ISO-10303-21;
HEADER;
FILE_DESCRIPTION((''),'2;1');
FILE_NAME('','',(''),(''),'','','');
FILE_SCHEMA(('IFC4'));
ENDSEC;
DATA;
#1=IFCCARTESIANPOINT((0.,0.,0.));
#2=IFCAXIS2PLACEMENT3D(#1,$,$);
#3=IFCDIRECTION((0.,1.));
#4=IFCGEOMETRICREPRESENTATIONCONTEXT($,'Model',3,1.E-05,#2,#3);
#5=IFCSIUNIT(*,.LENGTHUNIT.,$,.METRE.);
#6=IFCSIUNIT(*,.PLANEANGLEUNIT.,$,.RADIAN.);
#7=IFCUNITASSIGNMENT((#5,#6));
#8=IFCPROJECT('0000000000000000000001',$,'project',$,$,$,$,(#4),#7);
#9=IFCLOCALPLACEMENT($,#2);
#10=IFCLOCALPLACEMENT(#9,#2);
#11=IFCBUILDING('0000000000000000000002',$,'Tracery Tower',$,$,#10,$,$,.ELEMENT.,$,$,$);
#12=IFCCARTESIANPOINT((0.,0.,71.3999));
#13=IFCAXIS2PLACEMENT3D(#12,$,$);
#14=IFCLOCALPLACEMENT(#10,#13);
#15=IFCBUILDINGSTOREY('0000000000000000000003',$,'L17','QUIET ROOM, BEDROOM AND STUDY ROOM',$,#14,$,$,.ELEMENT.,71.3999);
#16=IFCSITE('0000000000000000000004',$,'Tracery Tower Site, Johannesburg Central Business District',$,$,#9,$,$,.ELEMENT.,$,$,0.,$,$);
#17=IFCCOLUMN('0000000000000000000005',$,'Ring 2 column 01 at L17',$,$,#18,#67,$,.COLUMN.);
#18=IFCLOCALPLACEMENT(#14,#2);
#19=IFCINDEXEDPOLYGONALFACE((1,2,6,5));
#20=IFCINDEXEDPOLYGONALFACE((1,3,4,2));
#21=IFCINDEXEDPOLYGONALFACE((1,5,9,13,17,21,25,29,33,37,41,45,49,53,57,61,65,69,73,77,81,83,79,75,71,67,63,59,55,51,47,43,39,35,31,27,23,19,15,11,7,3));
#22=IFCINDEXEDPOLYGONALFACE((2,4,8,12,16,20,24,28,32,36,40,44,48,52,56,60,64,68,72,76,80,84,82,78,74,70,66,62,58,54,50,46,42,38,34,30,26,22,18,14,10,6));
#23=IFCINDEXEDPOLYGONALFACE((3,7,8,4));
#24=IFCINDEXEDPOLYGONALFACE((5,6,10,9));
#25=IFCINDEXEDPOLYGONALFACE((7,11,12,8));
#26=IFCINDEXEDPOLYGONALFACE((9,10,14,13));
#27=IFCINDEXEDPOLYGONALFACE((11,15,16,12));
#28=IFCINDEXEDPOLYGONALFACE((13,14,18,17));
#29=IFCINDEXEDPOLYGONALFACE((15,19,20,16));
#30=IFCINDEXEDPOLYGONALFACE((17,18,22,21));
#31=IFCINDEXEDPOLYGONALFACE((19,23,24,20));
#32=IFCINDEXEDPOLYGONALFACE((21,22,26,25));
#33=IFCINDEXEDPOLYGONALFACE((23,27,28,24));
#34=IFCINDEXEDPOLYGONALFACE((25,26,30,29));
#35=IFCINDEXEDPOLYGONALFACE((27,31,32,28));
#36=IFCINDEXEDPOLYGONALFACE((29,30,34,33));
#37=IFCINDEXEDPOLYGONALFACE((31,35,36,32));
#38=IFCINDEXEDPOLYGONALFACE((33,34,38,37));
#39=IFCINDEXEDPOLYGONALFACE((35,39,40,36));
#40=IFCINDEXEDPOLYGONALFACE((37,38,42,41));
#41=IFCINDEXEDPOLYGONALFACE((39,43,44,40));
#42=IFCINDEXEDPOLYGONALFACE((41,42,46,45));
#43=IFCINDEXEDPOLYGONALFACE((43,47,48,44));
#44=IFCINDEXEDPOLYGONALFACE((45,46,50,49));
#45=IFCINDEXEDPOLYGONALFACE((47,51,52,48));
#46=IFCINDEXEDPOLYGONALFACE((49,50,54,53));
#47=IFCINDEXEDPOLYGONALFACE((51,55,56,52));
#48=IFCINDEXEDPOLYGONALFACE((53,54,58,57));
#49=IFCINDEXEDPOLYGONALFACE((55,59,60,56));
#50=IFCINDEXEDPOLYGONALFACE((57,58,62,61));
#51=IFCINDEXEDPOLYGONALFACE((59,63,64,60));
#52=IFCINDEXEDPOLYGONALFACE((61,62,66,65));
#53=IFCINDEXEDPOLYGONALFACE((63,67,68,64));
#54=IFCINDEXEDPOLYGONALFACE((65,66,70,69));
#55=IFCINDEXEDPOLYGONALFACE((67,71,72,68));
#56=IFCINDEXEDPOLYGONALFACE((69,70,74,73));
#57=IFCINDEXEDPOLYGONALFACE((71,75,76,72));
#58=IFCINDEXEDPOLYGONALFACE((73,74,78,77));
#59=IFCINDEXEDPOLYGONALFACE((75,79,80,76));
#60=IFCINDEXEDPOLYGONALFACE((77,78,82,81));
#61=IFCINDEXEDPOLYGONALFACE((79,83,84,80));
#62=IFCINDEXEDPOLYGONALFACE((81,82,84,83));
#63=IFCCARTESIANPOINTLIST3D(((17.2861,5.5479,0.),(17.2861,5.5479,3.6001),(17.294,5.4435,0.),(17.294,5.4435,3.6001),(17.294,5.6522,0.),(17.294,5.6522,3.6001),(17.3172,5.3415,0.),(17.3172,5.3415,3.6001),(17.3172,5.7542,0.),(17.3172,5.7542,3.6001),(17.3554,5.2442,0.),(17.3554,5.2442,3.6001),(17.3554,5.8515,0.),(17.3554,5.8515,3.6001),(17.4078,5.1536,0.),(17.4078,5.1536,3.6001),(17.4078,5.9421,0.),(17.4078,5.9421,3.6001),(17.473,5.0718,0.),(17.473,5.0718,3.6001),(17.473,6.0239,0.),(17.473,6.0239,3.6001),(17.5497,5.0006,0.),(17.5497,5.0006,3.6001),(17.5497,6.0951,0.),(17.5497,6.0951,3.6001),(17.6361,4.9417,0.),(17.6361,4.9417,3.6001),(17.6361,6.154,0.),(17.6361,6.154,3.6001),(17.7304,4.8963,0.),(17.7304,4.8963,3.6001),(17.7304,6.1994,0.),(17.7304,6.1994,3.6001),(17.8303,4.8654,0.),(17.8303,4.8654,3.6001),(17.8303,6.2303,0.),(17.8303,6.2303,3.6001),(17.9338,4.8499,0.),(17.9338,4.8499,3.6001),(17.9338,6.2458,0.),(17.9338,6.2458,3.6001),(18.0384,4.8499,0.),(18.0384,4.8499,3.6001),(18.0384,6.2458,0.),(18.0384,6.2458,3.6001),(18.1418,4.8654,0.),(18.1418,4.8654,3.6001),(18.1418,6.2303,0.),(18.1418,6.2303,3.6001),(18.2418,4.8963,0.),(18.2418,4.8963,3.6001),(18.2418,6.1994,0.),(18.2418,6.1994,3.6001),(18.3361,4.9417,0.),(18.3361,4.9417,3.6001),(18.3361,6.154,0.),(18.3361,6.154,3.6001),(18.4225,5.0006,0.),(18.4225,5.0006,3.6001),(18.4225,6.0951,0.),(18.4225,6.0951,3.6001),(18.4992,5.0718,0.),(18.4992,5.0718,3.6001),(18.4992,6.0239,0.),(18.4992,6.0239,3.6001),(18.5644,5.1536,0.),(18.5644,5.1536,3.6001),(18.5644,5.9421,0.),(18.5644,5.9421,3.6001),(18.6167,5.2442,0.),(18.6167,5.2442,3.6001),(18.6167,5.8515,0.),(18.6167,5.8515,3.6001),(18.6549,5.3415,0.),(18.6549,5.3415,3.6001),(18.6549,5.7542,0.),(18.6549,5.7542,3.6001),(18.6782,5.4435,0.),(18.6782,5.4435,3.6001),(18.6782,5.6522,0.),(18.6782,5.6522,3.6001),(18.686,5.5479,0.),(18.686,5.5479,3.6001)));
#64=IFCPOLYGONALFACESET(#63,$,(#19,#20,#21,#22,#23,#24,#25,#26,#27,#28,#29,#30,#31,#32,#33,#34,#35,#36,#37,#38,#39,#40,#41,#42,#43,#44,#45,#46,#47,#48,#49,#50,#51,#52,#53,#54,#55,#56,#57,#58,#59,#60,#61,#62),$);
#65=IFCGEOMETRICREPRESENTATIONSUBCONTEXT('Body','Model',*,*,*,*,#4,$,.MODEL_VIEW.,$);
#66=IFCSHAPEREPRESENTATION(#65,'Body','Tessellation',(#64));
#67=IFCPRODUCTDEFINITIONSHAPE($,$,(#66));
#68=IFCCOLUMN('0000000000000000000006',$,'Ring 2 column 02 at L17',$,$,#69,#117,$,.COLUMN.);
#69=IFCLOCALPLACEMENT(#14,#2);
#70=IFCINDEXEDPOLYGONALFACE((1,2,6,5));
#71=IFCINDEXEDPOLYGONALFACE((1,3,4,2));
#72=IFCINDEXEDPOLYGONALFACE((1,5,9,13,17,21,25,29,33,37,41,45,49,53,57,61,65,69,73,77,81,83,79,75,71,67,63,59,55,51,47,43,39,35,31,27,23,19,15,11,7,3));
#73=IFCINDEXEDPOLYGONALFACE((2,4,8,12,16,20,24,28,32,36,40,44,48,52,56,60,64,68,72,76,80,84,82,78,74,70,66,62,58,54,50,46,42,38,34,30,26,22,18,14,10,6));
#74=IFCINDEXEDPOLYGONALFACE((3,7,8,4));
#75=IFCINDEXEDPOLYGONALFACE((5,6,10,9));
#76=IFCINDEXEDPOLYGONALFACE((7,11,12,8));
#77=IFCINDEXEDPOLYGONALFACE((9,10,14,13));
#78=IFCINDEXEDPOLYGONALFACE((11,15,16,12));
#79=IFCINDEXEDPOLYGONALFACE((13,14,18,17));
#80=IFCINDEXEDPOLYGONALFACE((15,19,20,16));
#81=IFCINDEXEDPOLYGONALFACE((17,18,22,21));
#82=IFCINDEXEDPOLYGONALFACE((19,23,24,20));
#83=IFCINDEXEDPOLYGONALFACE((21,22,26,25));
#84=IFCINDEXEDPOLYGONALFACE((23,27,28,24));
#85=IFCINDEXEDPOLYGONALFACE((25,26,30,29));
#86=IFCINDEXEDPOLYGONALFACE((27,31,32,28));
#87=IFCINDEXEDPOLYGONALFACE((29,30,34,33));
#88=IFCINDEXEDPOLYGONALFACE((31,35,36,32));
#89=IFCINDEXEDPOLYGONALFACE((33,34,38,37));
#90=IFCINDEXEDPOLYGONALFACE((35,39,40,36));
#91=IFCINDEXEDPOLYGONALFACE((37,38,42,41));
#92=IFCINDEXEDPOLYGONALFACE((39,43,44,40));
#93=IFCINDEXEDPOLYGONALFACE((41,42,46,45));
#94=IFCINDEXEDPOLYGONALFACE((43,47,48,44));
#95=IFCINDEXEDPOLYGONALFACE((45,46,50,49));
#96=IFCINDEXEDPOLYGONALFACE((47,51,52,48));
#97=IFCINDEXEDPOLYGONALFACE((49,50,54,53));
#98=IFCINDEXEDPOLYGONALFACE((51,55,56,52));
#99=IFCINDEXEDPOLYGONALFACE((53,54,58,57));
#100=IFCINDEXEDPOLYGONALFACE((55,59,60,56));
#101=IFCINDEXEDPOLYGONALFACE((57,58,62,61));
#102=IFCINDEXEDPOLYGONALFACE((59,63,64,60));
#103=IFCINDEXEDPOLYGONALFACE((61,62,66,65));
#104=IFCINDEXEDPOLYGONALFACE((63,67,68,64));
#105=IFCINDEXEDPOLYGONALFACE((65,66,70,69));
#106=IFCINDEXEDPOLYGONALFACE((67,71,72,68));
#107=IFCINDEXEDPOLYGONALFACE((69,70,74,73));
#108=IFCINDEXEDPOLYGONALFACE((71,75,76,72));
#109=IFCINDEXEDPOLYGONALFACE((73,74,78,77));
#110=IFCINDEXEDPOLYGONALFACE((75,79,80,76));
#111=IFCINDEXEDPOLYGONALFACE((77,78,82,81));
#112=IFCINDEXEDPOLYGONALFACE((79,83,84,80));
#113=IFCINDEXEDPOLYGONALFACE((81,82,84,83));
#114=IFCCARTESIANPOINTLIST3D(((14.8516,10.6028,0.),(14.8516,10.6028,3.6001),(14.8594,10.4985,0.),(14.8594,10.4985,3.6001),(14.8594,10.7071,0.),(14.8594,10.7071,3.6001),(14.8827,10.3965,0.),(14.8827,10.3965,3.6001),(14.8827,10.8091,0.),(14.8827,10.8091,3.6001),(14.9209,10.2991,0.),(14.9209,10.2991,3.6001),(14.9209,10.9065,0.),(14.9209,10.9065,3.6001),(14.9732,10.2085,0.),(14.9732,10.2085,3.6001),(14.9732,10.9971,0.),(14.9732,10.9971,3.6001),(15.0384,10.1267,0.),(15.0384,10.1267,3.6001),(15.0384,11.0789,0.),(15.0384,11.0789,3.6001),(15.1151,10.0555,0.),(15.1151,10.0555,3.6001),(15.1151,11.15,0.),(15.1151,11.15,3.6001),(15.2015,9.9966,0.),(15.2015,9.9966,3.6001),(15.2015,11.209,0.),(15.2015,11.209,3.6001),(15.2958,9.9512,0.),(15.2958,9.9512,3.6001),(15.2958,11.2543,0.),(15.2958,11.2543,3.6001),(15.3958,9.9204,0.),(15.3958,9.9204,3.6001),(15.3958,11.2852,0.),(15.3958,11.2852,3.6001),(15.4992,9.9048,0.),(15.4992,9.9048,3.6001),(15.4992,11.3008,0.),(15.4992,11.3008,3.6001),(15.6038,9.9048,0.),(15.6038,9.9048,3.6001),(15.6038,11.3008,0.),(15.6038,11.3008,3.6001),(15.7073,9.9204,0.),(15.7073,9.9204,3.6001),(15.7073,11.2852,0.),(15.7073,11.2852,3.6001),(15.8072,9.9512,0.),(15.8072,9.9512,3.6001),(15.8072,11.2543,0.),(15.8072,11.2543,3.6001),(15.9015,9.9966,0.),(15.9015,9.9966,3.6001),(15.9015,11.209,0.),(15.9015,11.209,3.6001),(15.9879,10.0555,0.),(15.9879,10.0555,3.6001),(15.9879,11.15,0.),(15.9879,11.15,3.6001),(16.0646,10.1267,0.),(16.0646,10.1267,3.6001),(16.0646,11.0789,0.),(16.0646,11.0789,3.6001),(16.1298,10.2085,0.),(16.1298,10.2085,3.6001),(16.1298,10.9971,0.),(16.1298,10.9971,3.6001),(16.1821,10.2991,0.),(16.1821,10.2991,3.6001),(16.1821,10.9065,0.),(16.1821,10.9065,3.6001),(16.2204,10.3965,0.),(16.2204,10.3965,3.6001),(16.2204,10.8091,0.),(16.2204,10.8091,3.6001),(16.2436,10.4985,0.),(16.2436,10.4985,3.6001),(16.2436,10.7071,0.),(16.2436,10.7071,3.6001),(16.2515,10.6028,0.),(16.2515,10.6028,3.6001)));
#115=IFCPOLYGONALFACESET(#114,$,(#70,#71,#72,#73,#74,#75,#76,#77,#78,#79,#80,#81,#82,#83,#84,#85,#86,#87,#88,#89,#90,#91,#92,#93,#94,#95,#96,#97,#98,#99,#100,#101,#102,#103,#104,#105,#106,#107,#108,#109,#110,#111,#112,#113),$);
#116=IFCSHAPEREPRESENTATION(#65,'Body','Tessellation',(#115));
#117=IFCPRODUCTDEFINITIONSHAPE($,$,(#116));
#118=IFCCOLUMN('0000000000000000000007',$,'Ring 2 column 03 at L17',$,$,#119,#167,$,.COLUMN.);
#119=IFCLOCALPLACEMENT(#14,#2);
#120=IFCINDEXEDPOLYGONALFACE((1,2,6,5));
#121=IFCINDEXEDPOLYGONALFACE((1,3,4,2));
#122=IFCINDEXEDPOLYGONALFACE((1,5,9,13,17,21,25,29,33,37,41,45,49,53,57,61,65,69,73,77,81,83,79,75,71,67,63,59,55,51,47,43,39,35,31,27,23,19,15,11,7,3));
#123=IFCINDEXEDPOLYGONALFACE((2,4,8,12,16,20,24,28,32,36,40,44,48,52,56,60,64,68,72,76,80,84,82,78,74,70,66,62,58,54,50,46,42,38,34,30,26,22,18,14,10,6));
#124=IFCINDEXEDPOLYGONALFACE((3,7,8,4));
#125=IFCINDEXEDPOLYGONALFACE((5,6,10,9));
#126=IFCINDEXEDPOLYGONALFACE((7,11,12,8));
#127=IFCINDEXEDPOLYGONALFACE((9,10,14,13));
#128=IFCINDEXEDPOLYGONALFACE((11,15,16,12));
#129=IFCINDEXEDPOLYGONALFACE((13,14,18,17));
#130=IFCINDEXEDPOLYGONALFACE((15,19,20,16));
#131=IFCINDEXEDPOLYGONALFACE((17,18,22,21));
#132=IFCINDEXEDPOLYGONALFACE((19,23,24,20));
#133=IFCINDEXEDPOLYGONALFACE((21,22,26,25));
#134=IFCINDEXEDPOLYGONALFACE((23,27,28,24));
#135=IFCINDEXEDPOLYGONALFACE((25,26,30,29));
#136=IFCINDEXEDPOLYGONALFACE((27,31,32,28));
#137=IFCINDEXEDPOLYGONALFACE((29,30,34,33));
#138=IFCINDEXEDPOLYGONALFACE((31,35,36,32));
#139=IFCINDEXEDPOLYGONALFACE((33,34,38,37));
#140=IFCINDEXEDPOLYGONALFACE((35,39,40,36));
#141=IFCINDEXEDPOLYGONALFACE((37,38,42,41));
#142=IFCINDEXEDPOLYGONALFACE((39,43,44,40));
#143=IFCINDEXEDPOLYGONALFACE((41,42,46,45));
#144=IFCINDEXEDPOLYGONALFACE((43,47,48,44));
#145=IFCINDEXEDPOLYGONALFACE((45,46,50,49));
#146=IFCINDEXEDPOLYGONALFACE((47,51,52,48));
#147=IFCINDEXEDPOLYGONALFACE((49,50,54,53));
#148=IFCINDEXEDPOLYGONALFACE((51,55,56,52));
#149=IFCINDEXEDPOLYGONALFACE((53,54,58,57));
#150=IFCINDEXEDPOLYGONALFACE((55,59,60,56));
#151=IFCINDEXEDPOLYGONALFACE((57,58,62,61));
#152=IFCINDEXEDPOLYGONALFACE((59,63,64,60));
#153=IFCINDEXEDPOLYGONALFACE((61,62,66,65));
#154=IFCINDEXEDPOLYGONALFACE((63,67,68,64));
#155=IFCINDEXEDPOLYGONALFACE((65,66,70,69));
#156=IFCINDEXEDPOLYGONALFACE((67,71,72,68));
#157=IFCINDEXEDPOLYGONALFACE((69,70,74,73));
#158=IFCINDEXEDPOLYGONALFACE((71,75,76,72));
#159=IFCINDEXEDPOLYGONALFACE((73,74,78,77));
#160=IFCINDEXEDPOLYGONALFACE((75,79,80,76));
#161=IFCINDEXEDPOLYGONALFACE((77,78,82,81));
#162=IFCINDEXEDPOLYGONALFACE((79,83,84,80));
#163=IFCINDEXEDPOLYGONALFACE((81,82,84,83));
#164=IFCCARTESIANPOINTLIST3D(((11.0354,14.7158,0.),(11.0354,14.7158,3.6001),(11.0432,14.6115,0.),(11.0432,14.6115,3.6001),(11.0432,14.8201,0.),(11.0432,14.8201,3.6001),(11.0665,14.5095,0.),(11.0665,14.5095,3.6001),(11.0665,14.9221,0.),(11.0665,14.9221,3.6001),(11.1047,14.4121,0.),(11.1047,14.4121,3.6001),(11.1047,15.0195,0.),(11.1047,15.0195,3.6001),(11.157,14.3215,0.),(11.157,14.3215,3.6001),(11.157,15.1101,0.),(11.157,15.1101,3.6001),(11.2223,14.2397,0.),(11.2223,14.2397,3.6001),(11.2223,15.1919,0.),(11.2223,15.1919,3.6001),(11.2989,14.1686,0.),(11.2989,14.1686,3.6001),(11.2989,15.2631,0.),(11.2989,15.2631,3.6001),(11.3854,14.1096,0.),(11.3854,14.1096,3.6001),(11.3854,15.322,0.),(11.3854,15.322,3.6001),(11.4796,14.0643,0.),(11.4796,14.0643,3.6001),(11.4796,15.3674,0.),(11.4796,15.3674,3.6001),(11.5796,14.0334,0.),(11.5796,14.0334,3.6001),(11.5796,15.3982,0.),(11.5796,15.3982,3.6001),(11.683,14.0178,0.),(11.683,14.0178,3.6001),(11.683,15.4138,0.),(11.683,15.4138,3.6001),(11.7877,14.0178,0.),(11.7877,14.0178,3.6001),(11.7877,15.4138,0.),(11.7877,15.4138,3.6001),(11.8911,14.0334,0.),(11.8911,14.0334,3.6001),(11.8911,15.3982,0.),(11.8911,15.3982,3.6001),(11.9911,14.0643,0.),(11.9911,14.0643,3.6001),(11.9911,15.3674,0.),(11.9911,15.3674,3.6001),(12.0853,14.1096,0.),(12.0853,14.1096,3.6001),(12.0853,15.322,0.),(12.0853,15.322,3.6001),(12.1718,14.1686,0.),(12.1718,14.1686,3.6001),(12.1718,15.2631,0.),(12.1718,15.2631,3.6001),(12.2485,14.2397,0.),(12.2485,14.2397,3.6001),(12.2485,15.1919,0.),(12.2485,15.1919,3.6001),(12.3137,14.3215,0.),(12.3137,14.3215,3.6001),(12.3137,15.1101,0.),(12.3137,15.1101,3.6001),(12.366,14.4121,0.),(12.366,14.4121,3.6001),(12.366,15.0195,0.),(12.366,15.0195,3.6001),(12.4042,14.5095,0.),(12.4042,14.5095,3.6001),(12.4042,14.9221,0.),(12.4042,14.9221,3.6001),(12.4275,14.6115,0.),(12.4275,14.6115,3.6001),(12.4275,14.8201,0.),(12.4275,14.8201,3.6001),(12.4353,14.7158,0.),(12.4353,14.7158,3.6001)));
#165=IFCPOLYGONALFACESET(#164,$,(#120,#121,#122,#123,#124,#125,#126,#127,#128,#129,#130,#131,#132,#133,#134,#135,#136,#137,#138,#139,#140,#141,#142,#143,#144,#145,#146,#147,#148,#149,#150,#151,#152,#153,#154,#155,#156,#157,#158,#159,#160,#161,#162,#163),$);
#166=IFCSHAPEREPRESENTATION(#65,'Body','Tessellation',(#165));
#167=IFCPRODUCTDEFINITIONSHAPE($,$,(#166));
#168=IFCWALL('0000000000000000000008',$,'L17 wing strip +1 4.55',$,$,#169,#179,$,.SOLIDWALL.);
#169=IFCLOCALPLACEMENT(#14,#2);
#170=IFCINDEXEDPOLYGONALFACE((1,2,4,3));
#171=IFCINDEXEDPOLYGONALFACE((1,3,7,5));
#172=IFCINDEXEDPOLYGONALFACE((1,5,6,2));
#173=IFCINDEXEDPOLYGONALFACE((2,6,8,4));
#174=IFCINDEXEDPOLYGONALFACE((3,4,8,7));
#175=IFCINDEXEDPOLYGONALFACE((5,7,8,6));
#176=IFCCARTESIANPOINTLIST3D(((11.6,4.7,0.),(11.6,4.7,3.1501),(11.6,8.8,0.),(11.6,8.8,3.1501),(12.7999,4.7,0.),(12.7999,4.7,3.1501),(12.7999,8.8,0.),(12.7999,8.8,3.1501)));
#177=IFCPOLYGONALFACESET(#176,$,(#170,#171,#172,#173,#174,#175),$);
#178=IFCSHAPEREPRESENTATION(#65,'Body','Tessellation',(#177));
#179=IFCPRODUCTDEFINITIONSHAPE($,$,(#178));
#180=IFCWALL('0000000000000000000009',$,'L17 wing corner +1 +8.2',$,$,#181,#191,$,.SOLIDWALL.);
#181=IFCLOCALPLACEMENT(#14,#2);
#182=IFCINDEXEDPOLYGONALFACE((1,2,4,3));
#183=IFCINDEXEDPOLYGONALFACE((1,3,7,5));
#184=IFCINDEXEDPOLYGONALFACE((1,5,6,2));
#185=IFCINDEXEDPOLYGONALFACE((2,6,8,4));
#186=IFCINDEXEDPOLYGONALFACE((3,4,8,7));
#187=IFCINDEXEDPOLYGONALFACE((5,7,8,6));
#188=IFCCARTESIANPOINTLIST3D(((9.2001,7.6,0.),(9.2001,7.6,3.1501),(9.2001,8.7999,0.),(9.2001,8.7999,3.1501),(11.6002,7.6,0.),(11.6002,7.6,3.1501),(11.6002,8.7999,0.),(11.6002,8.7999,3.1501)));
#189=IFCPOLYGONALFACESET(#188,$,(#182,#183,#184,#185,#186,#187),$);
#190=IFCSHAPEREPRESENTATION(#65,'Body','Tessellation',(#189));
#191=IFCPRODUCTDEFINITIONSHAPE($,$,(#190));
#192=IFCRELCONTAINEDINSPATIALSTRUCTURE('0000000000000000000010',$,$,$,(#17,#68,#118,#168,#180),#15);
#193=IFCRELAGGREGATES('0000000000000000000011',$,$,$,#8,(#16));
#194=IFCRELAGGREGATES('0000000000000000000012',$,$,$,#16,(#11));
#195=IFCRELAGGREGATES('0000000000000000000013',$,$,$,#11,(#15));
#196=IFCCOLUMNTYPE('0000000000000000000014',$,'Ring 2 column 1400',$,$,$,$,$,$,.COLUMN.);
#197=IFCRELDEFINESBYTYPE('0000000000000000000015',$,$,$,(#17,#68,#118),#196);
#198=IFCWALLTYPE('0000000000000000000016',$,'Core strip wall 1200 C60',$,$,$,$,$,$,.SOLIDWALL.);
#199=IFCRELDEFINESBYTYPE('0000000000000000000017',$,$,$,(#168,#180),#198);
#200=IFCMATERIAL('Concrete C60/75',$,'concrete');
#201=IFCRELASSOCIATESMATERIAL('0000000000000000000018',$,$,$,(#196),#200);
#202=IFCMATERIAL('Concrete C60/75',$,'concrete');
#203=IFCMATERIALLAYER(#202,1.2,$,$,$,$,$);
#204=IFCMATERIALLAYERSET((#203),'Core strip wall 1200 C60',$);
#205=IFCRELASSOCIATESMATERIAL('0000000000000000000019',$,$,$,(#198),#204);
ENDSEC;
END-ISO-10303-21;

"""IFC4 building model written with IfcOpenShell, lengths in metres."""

from ifc_helpers import new_model, si_unit, direction, frame, frame_2d, origin, origin_2d, place, context, subcontext, project, spatial, rectangle, circle, extrude, material, layer, layer_set, material_profile, profile_set, type_object, element, save


model = new_model("IFC4")

# Units and contexts
model_context = context("Model", 3, precision=1e-05, world=origin(), true_north=direction((0.0, 1.0)))
body_context = subcontext(model_context, "Body", "Model", "MODEL_VIEW")
ifc_project = project(units=[si_unit("LENGTHUNIT", "METRE"), si_unit("PLANEANGLEUNIT", "RADIAN")], contexts=[model_context])

# Site, building, storey
site_placement = place(None, origin())
site = spatial("IfcSite", under=ifc_project, at=site_placement, Name="Tracery Tower Site, Johannesburg Central Business District", CompositionType="ELEMENT", RefElevation=0.0)
building_placement = place(site_placement, origin())
building = spatial("IfcBuilding", under=site, at=building_placement, Name="Tracery Tower", CompositionType="ELEMENT")
storey_placement = place(building_placement, frame((0.0, 0.0, 71.3999)))
storey = spatial("IfcBuildingStorey", under=building, at=storey_placement, Name="L17", Description="QUIET ROOM, BEDROOM AND STUDY ROOM", CompositionType="ELEMENT", Elevation=71.3999)

# Columns
ifc_material_1 = material(Name="Concrete C60/75", Category="concrete")
ifc_material_profile_1 = material_profile(ifc_material_1, circle(Radius=0.7, at=origin_2d()), Name="RC D1400")
ifc_profile_set_1 = profile_set([ifc_material_profile_1], Name="Concrete C60/75")
column_type_1 = type_object("IfcColumnType", Name="Ring 2 column 1400", PredefinedType="COLUMN", material=ifc_profile_set_1)
for number, where, z_axis, x_axis, name in (
    (1, (17.9861, 5.5479, 0.0), (0.0, 0.0, 1.0), (1.0, 0.0, 0.0), "Ring 2 column 01 at L17"),
    (2, (15.5515, 10.6028, 0.0), (0.0, 0.0, 1.0), (1.0, 0.0, 0.0), "Ring 2 column 02 at L17"),
    (3, (11.7354, 14.7158, 0.0), (0.0, 0.0, 1.0), (1.0, 0.0, 0.0), "Ring 2 column 03 at L17"),
):
    element("IfcColumn", number, at=place(storey_placement, frame(where, z_axis=z_axis, x_axis=x_axis)), inside=storey, type_object=column_type_1, Name=name, PredefinedType="COLUMN", context=body_context, shape_type="SweptSolid", body=[
        extrude(circle(Radius=0.7, at=origin_2d()), origin(), (0.0, 0.0, 1.0), 3.6001),
    ])

# Walls
ifc_material_2 = material(Name="Concrete C60/75", Category="concrete")
ifc_layer_1 = layer(ifc_material_2, 1.2)
ifc_layer_set_1 = layer_set([ifc_layer_1], Name="Core strip wall 1200 C60")
wall_type_1 = type_object("IfcWallType", Name="Core strip wall 1200 C60", PredefinedType="SOLIDWALL", material=ifc_layer_set_1)
wall_1_placement = place(storey_placement, frame((12.2, 4.7, 0.0), z_axis=(0.0, 0.0, 1.0), x_axis=(0.0, 1.0, 0.0)))
element("IfcWall", 4, at=wall_1_placement, inside=storey, type_object=wall_type_1, Name="L17 wing strip +1 4.55", PredefinedType="SOLIDWALL", context=body_context, shape_type="SweptSolid", body=[
    extrude(rectangle(XDim=4.1001, YDim=1.2, at=frame_2d((2.05, 0.0))), origin(), (0.0, 0.0, 1.0), 3.1501),
])
wall_2_placement = place(storey_placement, frame((9.2, 8.2, 0.0), z_axis=(0.0, 0.0, 1.0), x_axis=(1.0, 0.0, 0.0)))
element("IfcWall", 5, at=wall_2_placement, inside=storey, type_object=wall_type_1, Name="L17 wing corner +1 +8.2", PredefinedType="SOLIDWALL", context=body_context, shape_type="SweptSolid", body=[
    extrude(rectangle(XDim=2.4001, YDim=1.2, at=frame_2d((1.2002, 0.0))), origin(), (0.0, 0.0, 1.0), 3.1501),
])

save(model, "model.ifc")
